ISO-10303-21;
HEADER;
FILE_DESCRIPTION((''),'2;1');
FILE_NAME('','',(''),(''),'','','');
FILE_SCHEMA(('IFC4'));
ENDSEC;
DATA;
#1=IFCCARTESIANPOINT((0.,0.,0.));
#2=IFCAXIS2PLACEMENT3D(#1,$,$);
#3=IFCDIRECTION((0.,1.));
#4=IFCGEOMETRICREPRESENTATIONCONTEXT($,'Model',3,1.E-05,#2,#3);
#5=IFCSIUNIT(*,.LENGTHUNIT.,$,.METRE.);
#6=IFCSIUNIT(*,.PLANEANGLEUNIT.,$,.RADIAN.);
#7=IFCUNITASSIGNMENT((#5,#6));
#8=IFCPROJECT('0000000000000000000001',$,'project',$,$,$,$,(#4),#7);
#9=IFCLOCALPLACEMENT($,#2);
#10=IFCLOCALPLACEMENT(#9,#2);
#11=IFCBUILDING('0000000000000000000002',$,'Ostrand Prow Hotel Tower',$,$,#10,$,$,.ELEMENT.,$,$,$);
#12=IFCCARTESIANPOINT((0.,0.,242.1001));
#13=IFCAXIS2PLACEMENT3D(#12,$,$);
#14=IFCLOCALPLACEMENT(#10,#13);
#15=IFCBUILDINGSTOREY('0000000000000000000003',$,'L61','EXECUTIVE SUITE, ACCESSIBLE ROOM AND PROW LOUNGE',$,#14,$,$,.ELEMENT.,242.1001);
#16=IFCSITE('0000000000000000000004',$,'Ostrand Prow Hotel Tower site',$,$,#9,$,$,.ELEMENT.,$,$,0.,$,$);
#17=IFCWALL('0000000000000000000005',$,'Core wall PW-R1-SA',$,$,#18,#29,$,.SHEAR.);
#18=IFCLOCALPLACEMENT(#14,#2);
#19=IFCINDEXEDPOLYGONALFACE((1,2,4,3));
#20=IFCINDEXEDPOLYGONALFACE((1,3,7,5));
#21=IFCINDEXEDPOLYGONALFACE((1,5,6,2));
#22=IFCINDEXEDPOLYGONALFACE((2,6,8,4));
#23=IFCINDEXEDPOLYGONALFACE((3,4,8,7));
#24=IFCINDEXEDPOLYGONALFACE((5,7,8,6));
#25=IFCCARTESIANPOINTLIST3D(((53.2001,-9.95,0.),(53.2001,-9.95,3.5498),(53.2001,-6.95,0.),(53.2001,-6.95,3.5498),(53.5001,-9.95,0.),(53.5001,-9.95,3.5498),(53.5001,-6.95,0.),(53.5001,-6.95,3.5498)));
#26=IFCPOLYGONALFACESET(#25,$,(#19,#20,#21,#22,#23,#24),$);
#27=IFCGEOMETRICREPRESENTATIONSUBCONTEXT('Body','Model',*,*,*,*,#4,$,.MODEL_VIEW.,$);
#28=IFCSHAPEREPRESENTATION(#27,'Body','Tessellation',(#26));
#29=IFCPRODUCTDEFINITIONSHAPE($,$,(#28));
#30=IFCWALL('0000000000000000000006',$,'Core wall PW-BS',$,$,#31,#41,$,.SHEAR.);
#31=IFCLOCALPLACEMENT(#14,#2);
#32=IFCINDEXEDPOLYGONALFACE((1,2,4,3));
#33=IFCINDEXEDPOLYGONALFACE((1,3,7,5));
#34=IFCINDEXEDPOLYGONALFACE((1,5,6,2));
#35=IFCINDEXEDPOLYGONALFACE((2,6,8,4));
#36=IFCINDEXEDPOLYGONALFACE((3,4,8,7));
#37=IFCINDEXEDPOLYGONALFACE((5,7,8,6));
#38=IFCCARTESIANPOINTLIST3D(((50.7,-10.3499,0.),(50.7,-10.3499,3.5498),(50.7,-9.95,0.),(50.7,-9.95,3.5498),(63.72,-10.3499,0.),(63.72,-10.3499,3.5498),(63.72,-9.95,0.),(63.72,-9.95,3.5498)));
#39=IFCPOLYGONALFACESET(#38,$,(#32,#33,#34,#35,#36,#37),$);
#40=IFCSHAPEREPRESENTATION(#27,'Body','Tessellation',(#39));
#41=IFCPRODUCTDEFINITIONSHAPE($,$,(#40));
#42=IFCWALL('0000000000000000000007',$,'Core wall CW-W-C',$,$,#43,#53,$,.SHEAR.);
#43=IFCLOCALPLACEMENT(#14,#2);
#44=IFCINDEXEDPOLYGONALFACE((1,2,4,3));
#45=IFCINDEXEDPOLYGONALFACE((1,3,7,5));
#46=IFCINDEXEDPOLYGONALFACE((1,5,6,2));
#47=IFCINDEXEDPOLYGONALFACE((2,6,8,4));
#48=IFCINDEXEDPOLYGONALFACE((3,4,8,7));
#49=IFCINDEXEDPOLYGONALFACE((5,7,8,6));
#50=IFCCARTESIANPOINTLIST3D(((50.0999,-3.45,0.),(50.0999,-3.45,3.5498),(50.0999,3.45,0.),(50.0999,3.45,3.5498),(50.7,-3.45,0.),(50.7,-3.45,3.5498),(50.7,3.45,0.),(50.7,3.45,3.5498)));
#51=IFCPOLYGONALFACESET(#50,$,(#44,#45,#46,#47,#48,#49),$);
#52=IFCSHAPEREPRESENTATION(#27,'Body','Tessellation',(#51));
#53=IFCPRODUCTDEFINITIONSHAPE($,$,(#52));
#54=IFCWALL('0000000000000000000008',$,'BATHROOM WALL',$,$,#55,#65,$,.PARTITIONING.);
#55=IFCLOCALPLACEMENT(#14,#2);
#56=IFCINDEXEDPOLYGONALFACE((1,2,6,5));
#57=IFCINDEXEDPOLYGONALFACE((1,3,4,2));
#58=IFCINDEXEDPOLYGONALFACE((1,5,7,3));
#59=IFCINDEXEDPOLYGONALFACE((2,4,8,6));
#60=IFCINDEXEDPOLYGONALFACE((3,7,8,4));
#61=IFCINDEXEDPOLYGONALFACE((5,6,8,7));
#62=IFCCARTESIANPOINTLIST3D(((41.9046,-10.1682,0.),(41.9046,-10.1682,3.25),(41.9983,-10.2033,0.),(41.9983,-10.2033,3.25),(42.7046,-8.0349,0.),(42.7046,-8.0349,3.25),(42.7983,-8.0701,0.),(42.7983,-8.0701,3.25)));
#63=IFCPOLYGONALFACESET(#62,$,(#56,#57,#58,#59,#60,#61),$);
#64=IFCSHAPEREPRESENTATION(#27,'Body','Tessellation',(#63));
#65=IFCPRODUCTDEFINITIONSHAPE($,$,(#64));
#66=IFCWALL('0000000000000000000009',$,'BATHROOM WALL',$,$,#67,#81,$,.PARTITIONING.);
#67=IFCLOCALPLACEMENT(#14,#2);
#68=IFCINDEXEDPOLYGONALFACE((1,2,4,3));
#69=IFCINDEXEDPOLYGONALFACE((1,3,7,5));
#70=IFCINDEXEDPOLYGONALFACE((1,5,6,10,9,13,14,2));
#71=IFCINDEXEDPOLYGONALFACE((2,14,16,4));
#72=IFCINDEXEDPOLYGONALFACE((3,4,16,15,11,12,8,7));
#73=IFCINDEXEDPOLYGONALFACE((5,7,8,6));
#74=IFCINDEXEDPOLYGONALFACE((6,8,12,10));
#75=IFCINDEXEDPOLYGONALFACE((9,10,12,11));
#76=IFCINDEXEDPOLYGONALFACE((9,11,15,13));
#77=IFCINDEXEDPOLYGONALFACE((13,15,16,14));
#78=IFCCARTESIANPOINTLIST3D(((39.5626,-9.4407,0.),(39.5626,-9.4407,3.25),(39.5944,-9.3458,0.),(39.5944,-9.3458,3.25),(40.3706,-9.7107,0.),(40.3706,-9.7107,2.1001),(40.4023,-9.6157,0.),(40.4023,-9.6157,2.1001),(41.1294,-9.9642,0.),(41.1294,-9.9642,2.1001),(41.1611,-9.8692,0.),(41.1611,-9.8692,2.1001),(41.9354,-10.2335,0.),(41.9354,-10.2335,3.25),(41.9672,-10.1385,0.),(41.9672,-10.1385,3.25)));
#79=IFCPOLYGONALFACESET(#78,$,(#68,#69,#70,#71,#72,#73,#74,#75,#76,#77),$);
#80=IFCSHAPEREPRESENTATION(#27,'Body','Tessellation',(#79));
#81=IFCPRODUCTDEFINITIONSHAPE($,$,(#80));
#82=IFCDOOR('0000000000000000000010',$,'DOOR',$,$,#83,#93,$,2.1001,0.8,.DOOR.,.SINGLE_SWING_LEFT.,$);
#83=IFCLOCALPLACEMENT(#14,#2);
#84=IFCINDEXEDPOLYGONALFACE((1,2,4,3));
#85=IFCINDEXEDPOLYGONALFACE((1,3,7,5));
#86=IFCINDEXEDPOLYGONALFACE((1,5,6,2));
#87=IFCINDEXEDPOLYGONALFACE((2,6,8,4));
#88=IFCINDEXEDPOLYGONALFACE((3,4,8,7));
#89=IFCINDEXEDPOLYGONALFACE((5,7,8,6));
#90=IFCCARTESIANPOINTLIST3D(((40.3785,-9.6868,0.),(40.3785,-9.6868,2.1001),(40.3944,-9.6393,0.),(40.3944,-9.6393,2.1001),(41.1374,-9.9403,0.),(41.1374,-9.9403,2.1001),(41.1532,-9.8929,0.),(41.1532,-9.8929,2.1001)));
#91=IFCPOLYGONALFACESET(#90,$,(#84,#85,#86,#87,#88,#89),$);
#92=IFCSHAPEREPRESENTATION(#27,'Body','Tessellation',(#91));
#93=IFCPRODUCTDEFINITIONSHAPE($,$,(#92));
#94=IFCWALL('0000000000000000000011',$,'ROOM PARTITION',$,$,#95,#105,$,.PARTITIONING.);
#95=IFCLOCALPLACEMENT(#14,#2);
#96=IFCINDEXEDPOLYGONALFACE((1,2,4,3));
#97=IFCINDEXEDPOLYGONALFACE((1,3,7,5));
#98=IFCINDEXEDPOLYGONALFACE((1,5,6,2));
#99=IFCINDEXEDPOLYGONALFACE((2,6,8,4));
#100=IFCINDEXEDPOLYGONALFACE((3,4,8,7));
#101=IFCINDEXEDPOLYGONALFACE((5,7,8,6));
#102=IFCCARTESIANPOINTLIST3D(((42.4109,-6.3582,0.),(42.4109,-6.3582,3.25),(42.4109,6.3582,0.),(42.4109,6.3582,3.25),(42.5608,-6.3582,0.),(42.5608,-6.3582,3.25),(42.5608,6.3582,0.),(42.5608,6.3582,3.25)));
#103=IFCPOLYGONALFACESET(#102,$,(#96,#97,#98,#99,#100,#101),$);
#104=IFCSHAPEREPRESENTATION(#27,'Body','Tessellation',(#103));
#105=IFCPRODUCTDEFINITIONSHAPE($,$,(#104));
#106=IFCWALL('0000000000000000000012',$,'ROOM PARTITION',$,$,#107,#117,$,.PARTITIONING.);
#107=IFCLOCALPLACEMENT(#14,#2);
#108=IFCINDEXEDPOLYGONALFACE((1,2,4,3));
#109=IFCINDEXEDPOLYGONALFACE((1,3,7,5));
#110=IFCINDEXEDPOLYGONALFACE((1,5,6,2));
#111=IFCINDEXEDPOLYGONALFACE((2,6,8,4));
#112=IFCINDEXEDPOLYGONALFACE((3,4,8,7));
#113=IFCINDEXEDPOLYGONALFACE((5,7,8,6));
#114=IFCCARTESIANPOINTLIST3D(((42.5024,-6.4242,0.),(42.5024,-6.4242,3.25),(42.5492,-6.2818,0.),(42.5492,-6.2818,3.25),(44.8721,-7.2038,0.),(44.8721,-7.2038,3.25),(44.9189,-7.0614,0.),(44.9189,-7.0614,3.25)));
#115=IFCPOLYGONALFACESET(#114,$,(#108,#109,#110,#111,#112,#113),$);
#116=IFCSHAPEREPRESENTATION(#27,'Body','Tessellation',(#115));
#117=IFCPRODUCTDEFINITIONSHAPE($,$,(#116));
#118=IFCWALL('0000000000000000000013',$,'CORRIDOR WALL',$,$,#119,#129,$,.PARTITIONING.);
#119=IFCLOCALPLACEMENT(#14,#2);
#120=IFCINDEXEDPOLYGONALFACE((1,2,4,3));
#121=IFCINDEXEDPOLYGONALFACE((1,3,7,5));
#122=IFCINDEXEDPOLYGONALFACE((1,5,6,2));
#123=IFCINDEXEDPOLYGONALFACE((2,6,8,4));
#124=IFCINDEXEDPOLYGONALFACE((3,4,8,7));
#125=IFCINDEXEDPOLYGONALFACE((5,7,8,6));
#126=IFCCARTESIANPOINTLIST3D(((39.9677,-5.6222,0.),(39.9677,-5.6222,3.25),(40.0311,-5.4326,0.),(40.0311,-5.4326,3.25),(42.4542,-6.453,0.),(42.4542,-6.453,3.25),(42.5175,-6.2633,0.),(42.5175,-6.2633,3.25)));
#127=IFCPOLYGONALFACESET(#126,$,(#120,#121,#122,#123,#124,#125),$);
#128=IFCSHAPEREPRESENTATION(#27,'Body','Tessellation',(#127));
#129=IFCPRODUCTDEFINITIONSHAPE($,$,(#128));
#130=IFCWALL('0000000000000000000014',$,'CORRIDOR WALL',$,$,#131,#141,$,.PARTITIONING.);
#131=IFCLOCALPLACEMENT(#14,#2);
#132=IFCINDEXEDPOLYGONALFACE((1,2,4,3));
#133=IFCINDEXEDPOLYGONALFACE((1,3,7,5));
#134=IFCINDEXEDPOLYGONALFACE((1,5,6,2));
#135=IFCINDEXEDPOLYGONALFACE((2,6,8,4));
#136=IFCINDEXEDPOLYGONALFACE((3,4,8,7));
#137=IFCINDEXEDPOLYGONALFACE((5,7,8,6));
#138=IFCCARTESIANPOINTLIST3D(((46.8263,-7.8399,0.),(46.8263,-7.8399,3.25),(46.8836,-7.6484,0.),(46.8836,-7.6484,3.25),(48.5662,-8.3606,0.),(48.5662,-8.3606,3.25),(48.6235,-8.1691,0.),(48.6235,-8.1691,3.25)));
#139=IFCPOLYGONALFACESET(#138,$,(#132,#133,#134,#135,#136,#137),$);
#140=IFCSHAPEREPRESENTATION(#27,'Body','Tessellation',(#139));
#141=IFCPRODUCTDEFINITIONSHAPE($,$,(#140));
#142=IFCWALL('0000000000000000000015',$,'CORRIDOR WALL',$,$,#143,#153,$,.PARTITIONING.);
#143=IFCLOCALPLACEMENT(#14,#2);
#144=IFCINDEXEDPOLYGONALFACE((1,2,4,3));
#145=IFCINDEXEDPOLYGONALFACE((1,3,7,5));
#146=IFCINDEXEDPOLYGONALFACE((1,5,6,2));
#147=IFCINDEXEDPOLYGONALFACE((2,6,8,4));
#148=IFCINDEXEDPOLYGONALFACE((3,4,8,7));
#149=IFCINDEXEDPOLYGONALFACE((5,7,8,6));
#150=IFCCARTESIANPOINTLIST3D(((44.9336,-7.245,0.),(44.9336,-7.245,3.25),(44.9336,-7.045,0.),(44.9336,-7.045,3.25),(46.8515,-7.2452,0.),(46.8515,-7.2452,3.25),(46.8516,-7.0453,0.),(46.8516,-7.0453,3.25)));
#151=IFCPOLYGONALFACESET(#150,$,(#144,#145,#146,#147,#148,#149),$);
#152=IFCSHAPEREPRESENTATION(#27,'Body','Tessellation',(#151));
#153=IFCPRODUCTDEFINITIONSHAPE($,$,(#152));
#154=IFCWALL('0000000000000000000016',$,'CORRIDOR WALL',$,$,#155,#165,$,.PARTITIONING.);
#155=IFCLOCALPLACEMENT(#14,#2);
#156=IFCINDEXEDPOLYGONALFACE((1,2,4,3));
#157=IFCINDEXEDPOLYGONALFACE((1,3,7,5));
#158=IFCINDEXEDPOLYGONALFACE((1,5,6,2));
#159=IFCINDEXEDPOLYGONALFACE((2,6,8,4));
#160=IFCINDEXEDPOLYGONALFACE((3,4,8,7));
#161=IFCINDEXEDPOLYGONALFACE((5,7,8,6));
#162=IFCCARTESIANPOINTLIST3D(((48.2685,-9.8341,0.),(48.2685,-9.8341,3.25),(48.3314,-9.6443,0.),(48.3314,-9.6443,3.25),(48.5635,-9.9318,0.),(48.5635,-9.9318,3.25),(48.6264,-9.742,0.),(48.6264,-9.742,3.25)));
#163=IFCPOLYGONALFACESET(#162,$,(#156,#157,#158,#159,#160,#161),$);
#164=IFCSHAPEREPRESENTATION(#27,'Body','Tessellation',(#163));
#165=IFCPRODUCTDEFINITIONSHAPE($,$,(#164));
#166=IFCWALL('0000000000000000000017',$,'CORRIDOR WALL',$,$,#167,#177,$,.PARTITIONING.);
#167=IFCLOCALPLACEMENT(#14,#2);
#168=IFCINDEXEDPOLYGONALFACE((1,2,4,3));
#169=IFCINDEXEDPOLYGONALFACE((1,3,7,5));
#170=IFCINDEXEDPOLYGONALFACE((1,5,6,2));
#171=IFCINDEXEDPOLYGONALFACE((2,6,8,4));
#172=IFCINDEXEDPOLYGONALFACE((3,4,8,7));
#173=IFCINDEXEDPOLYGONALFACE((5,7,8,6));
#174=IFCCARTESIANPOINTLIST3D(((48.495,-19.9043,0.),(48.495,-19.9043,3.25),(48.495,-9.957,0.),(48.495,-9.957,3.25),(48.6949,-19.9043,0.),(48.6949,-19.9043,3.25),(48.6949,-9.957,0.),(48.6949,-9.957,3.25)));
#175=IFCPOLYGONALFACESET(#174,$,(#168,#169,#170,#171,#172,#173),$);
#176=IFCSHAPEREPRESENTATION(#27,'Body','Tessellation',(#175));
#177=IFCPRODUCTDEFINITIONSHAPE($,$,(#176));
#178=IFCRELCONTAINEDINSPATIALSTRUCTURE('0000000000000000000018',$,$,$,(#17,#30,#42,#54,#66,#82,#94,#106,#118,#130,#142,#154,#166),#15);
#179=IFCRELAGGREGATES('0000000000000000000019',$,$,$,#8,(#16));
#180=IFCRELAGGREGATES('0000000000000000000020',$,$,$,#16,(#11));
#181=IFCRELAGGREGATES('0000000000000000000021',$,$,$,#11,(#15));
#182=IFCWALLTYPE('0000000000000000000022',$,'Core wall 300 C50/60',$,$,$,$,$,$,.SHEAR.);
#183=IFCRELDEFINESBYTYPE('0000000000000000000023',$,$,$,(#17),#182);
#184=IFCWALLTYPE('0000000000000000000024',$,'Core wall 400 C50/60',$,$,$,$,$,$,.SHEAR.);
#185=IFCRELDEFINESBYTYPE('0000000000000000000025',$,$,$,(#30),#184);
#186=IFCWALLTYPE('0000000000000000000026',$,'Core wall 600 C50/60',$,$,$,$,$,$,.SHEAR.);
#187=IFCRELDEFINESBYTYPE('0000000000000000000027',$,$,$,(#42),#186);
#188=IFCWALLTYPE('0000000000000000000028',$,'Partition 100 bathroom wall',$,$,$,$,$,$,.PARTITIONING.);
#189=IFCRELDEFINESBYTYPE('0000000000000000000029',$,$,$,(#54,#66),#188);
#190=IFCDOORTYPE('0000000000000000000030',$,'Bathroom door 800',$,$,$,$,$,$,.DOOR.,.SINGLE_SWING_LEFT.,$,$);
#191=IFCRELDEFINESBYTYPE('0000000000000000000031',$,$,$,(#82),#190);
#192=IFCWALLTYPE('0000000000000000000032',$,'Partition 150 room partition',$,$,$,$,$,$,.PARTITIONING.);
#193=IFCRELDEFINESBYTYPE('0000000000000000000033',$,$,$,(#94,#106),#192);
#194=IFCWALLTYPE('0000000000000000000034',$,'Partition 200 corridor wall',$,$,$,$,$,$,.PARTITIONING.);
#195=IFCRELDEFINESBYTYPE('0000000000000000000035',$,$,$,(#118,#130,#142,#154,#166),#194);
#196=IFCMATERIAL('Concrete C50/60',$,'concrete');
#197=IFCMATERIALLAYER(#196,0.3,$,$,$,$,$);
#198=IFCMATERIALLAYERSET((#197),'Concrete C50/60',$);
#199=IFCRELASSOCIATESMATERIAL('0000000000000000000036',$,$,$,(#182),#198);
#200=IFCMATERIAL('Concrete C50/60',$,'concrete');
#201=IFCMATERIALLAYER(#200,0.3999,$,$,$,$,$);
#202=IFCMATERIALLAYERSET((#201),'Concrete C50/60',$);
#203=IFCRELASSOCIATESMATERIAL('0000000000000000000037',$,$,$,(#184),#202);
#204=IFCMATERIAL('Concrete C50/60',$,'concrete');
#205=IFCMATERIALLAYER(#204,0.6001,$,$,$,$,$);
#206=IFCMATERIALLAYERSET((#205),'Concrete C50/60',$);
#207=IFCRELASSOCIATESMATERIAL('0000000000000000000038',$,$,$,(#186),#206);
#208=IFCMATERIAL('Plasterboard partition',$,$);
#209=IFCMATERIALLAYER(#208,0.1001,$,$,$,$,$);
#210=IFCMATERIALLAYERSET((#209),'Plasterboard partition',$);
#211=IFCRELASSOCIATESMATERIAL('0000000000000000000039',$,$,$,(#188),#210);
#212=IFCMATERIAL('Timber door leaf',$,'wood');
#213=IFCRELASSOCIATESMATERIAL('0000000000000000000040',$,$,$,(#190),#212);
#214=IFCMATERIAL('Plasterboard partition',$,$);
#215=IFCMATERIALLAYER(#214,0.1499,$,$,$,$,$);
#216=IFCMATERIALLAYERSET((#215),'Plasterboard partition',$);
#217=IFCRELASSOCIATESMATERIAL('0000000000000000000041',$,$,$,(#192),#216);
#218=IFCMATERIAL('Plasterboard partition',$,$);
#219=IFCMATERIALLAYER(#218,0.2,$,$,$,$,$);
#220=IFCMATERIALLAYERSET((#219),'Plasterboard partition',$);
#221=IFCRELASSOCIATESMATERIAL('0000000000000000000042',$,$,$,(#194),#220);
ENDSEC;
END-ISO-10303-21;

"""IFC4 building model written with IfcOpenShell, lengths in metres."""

from ifc_helpers import new_model, si_unit, direction, frame, frame_2d, origin, place, context, subcontext, project, spatial, rectangle, extrude, material, layer, layer_set, type_object, element, fill, save


model = new_model("IFC4")

# Units and contexts
model_context = context("Model", 3, precision=1e-05, world=origin(), true_north=direction((0.0, 1.0)))
body_context = subcontext(model_context, "Body", "Model", "MODEL_VIEW")
ifc_project = project(units=[si_unit("LENGTHUNIT", "METRE"), si_unit("PLANEANGLEUNIT", "RADIAN")], contexts=[model_context])

# Site, building, storey
site_placement = place(None, origin())
site = spatial("IfcSite", under=ifc_project, at=site_placement, Name="Ostrand Prow Hotel Tower site", CompositionType="ELEMENT", RefElevation=0.0)
building_placement = place(site_placement, origin())
building = spatial("IfcBuilding", under=site, at=building_placement, Name="Ostrand Prow Hotel Tower", CompositionType="ELEMENT")
storey_placement = place(building_placement, frame((0.0, 0.0, 242.1001)))
storey = spatial("IfcBuildingStorey", under=building, at=storey_placement, Name="L61", Description="EXECUTIVE SUITE, ACCESSIBLE ROOM AND PROW LOUNGE", CompositionType="ELEMENT", Elevation=242.1001)

# Shared definitions
ifc_material_1 = material(Name="Concrete C50/60", Category="concrete")
ifc_layer_1 = layer(ifc_material_1, 0.3)
ifc_layer_set_1 = layer_set([ifc_layer_1], Name="Concrete C50/60")
wall_type_1 = type_object("IfcWallType", Name="Core wall 300 C50/60", PredefinedType="SHEAR", material=ifc_layer_set_1)

# Walls
for number, where, z_axis, x_axis, name in (
    (1, (53.3501, -9.95, 0.0), (0.0, 0.0, 1.0), (0.0, 1.0, 0.0), "Core wall PW-R1-SA"),
):
    element("IfcWall", number, at=place(storey_placement, frame(where, z_axis=z_axis, x_axis=x_axis)), inside=storey, type_object=wall_type_1, Name=name, PredefinedType="SHEAR", context=body_context, shape_type="SweptSolid", body=[
        extrude(rectangle(XDim=3.0, YDim=0.3, at=frame_2d((1.5, 0.0))), origin(), (0.0, 0.0, 1.0), 3.5498),
    ])
ifc_material_2 = material(Name="Concrete C50/60", Category="concrete")
ifc_layer_2 = layer(ifc_material_2, 0.3999)
ifc_layer_set_2 = layer_set([ifc_layer_2], Name="Concrete C50/60")
wall_type_2 = type_object("IfcWallType", Name="Core wall 400 C50/60", PredefinedType="SHEAR", material=ifc_layer_set_2)
wall_1_placement = place(storey_placement, frame((50.7, -10.1499, 0.0), z_axis=(0.0, 0.0, 1.0), x_axis=(1.0, 0.0, 0.0)))
element("IfcWall", 2, at=wall_1_placement, inside=storey, type_object=wall_type_2, Name="Core wall PW-BS", PredefinedType="SHEAR", context=body_context, shape_type="SweptSolid", body=[
    extrude(rectangle(XDim=13.02, YDim=0.3999, at=frame_2d((6.51, 0.0))), origin(), (0.0, 0.0, 1.0), 3.5498),
])
ifc_material_3 = material(Name="Concrete C50/60", Category="concrete")
ifc_layer_3 = layer(ifc_material_3, 0.6001)
ifc_layer_set_3 = layer_set([ifc_layer_3], Name="Concrete C50/60")
wall_type_3 = type_object("IfcWallType", Name="Core wall 600 C50/60", PredefinedType="SHEAR", material=ifc_layer_set_3)
wall_2_placement = place(storey_placement, frame((50.3999, -3.45, 0.0), z_axis=(0.0, 0.0, 1.0), x_axis=(0.0, 1.0, 0.0)))
element("IfcWall", 3, at=wall_2_placement, inside=storey, type_object=wall_type_3, Name="Core wall CW-W-C", PredefinedType="SHEAR", context=body_context, shape_type="SweptSolid", body=[
    extrude(rectangle(XDim=6.8999, YDim=0.6001, at=frame_2d((3.45, 0.0))), origin(), (0.0, 0.0, 1.0), 3.5498),
])
ifc_material_4 = material(Name="Plasterboard partition")
ifc_layer_4 = layer(ifc_material_4, 0.1001)
ifc_layer_set_4 = layer_set([ifc_layer_4], Name="Plasterboard partition")
wall_type_4 = type_object("IfcWallType", Name="Partition 100 bathroom wall", PredefinedType="PARTITIONING", material=ifc_layer_set_4)
wall_3_placement = place(storey_placement, frame((42.7515, -8.0525, 0.0), z_axis=(0.0, 0.0, 1.0), x_axis=(-0.351147, -0.93632, 0.0)))
element("IfcWall", 4, at=wall_3_placement, inside=storey, type_object=wall_type_4, Name="BATHROOM WALL", PredefinedType="PARTITIONING", context=body_context, shape_type="SweptSolid", body=[
    extrude(rectangle(XDim=2.2783, YDim=0.1001, at=frame_2d((1.1392, 0.0))), origin(), (0.0, 0.0, 1.0), 3.25),
])

# Wall, opening, door
wall_4_placement = place(storey_placement, frame((41.9514, -10.186, 0.0), z_axis=(0.0, 0.0, 1.0), x_axis=(-0.948468, 0.316872, 0.0)))
wall_4 = element("IfcWall", 5, at=wall_4_placement, inside=storey, type_object=wall_type_4, Name="BATHROOM WALL", PredefinedType="PARTITIONING", context=body_context, shape_type="SweptSolid", body=[
    extrude(rectangle(XDim=2.5017, YDim=0.1001, at=frame_2d((1.251, 0.0))), origin(), (0.0, 0.0, 1.0), 3.25),
])
opening_1_placement = place(wall_4_placement, frame((0.8501, 0.0, 0.0)))
opening_1 = element("IfcOpeningElement", 6, at=opening_1_placement, cuts=wall_4, PredefinedType="OPENING", context=body_context, shape_type="SweptSolid", body=[
    extrude(rectangle(XDim=0.8, YDim=2.1001, at=frame_2d((0.3999, 1.05))), frame((0.0, 0.0601, 0.0), z_axis=(0.0, -1.0, 0.0), x_axis=(1.0, 0.0, 0.0)), (0.0, 0.0, 1.0), 0.1201),
])
ifc_material_5 = material(Name="Timber door leaf", Category="wood")
door_type_1 = type_object("IfcDoorType", Name="Bathroom door 800", OperationType="SINGLE_SWING_LEFT", PredefinedType="DOOR", material=ifc_material_5)
door_1_placement = place(opening_1_placement, origin())
door_1 = element("IfcDoor", 7, at=door_1_placement, inside=storey, type_object=door_type_1, Name="DOOR", OperationType="SINGLE_SWING_LEFT", OverallHeight=2.1001, OverallWidth=0.8, PredefinedType="DOOR", context=body_context, shape_type="SweptSolid", body=[
    extrude(rectangle(XDim=0.8, YDim=2.1001, at=frame_2d((0.3999, 1.05))), frame((0.0, 0.0249, 0.0), z_axis=(0.0, -1.0, 0.0), x_axis=(1.0, 0.0, 0.0)), (0.0, 0.0, 1.0), 0.05),
])
fill(opening_1, door_1)

# Walls
ifc_material_6 = material(Name="Plasterboard partition")
ifc_layer_5 = layer(ifc_material_6, 0.1499)
ifc_layer_set_5 = layer_set([ifc_layer_5], Name="Plasterboard partition")
wall_type_5 = type_object("IfcWallType", Name="Partition 150 room partition", PredefinedType="PARTITIONING", material=ifc_layer_set_5)
wall_5_placement = place(storey_placement, frame((42.4858, -6.3582, 0.0), z_axis=(0.0, 0.0, 1.0), x_axis=(0.0, 1.0, 0.0)))
element("IfcWall", 8, at=wall_5_placement, inside=storey, type_object=wall_type_5, Name="ROOM PARTITION", PredefinedType="PARTITIONING", context=body_context, shape_type="SweptSolid", body=[
    extrude(rectangle(XDim=12.7163, YDim=0.1499, at=frame_2d((6.3582, 0.0))), origin(), (0.0, 0.0, 1.0), 3.25),
])
wall_6_placement = place(storey_placement, frame((44.8955, -7.1326, 0.0), z_axis=(0.0, 0.0, 1.0), x_axis=(-0.949919, 0.312497, 0.0)))
element("IfcWall", 9, at=wall_6_placement, inside=storey, type_object=wall_type_5, Name="ROOM PARTITION", PredefinedType="PARTITIONING", context=body_context, shape_type="SweptSolid", body=[
    extrude(rectangle(XDim=2.4946, YDim=0.1499, at=frame_2d((1.2473, 0.0))), origin(), (0.0, 0.0, 1.0), 3.25),
])
ifc_material_7 = material(Name="Plasterboard partition")
ifc_layer_6 = layer(ifc_material_7, 0.2)
ifc_layer_set_6 = layer_set([ifc_layer_6], Name="Plasterboard partition")
wall_type_6 = type_object("IfcWallType", Name="Partition 200 corridor wall", PredefinedType="PARTITIONING", material=ifc_layer_set_6)
wall_7_placement = place(storey_placement, frame((42.4858, -6.3582, 0.0), z_axis=(0.0, 0.0, 1.0), x_axis=(-0.94846, 0.316898, 0.0)))
element("IfcWall", 10, at=wall_7_placement, inside=storey, type_object=wall_type_6, Name="CORRIDOR WALL", PredefinedType="PARTITIONING", context=body_context, shape_type="SweptSolid", body=[
    extrude(rectangle(XDim=2.6216, YDim=0.2, at=frame_2d((1.3108, 0.0))), origin(), (0.0, 0.0, 1.0), 3.25),
])
wall_8_placement = place(storey_placement, frame((48.595, -8.2649, 0.0), z_axis=(0.0, 0.0, 1.0), x_axis=(-0.958015, 0.286719, 0.0)))
element("IfcWall", 11, at=wall_8_placement, inside=storey, type_object=wall_type_6, Name="CORRIDOR WALL", PredefinedType="PARTITIONING", context=body_context, shape_type="SweptSolid", body=[
    extrude(rectangle(XDim=1.8162, YDim=0.2, at=frame_2d((0.9082, 0.0))), origin(), (0.0, 0.0, 1.0), 3.25),
])
wall_9_placement = place(storey_placement, frame((46.8516, -7.1453, 0.0), z_axis=(0.0, 0.0, 1.0), x_axis=(-1.0, 0.000127, 0.0)))
element("IfcWall", 12, at=wall_9_placement, inside=storey, type_object=wall_type_6, Name="CORRIDOR WALL", PredefinedType="PARTITIONING", context=body_context, shape_type="SweptSolid", body=[
    extrude(rectangle(XDim=1.918, YDim=0.2, at=frame_2d((0.959, 0.0))), origin(), (0.0, 0.0, 1.0), 3.25),
])
wall_10_placement = place(storey_placement, frame((48.3, -9.7393, 0.0), z_axis=(0.0, 0.0, 1.0), x_axis=(0.94931, -0.314341, 0.0)))
element("IfcWall", 13, at=wall_10_placement, inside=storey, type_object=wall_type_6, Name="CORRIDOR WALL", PredefinedType="PARTITIONING", context=body_context, shape_type="SweptSolid", body=[
    extrude(rectangle(XDim=0.3108, YDim=0.2, at=frame_2d((0.1553, 0.0))), origin(), (0.0, 0.0, 1.0), 3.25),
])
wall_11_placement = place(storey_placement, frame((48.595, -9.957, 0.0), z_axis=(0.0, 0.0, 1.0), x_axis=(0.0, -1.0, 0.0)))
element("IfcWall", 14, at=wall_11_placement, inside=storey, type_object=wall_type_6, Name="CORRIDOR WALL", PredefinedType="PARTITIONING", context=body_context, shape_type="SweptSolid", body=[
    extrude(rectangle(XDim=9.9473, YDim=0.2, at=frame_2d((4.9736, 0.0))), origin(), (0.0, 0.0, 1.0), 3.25),
])

save(model, "model.ifc")
